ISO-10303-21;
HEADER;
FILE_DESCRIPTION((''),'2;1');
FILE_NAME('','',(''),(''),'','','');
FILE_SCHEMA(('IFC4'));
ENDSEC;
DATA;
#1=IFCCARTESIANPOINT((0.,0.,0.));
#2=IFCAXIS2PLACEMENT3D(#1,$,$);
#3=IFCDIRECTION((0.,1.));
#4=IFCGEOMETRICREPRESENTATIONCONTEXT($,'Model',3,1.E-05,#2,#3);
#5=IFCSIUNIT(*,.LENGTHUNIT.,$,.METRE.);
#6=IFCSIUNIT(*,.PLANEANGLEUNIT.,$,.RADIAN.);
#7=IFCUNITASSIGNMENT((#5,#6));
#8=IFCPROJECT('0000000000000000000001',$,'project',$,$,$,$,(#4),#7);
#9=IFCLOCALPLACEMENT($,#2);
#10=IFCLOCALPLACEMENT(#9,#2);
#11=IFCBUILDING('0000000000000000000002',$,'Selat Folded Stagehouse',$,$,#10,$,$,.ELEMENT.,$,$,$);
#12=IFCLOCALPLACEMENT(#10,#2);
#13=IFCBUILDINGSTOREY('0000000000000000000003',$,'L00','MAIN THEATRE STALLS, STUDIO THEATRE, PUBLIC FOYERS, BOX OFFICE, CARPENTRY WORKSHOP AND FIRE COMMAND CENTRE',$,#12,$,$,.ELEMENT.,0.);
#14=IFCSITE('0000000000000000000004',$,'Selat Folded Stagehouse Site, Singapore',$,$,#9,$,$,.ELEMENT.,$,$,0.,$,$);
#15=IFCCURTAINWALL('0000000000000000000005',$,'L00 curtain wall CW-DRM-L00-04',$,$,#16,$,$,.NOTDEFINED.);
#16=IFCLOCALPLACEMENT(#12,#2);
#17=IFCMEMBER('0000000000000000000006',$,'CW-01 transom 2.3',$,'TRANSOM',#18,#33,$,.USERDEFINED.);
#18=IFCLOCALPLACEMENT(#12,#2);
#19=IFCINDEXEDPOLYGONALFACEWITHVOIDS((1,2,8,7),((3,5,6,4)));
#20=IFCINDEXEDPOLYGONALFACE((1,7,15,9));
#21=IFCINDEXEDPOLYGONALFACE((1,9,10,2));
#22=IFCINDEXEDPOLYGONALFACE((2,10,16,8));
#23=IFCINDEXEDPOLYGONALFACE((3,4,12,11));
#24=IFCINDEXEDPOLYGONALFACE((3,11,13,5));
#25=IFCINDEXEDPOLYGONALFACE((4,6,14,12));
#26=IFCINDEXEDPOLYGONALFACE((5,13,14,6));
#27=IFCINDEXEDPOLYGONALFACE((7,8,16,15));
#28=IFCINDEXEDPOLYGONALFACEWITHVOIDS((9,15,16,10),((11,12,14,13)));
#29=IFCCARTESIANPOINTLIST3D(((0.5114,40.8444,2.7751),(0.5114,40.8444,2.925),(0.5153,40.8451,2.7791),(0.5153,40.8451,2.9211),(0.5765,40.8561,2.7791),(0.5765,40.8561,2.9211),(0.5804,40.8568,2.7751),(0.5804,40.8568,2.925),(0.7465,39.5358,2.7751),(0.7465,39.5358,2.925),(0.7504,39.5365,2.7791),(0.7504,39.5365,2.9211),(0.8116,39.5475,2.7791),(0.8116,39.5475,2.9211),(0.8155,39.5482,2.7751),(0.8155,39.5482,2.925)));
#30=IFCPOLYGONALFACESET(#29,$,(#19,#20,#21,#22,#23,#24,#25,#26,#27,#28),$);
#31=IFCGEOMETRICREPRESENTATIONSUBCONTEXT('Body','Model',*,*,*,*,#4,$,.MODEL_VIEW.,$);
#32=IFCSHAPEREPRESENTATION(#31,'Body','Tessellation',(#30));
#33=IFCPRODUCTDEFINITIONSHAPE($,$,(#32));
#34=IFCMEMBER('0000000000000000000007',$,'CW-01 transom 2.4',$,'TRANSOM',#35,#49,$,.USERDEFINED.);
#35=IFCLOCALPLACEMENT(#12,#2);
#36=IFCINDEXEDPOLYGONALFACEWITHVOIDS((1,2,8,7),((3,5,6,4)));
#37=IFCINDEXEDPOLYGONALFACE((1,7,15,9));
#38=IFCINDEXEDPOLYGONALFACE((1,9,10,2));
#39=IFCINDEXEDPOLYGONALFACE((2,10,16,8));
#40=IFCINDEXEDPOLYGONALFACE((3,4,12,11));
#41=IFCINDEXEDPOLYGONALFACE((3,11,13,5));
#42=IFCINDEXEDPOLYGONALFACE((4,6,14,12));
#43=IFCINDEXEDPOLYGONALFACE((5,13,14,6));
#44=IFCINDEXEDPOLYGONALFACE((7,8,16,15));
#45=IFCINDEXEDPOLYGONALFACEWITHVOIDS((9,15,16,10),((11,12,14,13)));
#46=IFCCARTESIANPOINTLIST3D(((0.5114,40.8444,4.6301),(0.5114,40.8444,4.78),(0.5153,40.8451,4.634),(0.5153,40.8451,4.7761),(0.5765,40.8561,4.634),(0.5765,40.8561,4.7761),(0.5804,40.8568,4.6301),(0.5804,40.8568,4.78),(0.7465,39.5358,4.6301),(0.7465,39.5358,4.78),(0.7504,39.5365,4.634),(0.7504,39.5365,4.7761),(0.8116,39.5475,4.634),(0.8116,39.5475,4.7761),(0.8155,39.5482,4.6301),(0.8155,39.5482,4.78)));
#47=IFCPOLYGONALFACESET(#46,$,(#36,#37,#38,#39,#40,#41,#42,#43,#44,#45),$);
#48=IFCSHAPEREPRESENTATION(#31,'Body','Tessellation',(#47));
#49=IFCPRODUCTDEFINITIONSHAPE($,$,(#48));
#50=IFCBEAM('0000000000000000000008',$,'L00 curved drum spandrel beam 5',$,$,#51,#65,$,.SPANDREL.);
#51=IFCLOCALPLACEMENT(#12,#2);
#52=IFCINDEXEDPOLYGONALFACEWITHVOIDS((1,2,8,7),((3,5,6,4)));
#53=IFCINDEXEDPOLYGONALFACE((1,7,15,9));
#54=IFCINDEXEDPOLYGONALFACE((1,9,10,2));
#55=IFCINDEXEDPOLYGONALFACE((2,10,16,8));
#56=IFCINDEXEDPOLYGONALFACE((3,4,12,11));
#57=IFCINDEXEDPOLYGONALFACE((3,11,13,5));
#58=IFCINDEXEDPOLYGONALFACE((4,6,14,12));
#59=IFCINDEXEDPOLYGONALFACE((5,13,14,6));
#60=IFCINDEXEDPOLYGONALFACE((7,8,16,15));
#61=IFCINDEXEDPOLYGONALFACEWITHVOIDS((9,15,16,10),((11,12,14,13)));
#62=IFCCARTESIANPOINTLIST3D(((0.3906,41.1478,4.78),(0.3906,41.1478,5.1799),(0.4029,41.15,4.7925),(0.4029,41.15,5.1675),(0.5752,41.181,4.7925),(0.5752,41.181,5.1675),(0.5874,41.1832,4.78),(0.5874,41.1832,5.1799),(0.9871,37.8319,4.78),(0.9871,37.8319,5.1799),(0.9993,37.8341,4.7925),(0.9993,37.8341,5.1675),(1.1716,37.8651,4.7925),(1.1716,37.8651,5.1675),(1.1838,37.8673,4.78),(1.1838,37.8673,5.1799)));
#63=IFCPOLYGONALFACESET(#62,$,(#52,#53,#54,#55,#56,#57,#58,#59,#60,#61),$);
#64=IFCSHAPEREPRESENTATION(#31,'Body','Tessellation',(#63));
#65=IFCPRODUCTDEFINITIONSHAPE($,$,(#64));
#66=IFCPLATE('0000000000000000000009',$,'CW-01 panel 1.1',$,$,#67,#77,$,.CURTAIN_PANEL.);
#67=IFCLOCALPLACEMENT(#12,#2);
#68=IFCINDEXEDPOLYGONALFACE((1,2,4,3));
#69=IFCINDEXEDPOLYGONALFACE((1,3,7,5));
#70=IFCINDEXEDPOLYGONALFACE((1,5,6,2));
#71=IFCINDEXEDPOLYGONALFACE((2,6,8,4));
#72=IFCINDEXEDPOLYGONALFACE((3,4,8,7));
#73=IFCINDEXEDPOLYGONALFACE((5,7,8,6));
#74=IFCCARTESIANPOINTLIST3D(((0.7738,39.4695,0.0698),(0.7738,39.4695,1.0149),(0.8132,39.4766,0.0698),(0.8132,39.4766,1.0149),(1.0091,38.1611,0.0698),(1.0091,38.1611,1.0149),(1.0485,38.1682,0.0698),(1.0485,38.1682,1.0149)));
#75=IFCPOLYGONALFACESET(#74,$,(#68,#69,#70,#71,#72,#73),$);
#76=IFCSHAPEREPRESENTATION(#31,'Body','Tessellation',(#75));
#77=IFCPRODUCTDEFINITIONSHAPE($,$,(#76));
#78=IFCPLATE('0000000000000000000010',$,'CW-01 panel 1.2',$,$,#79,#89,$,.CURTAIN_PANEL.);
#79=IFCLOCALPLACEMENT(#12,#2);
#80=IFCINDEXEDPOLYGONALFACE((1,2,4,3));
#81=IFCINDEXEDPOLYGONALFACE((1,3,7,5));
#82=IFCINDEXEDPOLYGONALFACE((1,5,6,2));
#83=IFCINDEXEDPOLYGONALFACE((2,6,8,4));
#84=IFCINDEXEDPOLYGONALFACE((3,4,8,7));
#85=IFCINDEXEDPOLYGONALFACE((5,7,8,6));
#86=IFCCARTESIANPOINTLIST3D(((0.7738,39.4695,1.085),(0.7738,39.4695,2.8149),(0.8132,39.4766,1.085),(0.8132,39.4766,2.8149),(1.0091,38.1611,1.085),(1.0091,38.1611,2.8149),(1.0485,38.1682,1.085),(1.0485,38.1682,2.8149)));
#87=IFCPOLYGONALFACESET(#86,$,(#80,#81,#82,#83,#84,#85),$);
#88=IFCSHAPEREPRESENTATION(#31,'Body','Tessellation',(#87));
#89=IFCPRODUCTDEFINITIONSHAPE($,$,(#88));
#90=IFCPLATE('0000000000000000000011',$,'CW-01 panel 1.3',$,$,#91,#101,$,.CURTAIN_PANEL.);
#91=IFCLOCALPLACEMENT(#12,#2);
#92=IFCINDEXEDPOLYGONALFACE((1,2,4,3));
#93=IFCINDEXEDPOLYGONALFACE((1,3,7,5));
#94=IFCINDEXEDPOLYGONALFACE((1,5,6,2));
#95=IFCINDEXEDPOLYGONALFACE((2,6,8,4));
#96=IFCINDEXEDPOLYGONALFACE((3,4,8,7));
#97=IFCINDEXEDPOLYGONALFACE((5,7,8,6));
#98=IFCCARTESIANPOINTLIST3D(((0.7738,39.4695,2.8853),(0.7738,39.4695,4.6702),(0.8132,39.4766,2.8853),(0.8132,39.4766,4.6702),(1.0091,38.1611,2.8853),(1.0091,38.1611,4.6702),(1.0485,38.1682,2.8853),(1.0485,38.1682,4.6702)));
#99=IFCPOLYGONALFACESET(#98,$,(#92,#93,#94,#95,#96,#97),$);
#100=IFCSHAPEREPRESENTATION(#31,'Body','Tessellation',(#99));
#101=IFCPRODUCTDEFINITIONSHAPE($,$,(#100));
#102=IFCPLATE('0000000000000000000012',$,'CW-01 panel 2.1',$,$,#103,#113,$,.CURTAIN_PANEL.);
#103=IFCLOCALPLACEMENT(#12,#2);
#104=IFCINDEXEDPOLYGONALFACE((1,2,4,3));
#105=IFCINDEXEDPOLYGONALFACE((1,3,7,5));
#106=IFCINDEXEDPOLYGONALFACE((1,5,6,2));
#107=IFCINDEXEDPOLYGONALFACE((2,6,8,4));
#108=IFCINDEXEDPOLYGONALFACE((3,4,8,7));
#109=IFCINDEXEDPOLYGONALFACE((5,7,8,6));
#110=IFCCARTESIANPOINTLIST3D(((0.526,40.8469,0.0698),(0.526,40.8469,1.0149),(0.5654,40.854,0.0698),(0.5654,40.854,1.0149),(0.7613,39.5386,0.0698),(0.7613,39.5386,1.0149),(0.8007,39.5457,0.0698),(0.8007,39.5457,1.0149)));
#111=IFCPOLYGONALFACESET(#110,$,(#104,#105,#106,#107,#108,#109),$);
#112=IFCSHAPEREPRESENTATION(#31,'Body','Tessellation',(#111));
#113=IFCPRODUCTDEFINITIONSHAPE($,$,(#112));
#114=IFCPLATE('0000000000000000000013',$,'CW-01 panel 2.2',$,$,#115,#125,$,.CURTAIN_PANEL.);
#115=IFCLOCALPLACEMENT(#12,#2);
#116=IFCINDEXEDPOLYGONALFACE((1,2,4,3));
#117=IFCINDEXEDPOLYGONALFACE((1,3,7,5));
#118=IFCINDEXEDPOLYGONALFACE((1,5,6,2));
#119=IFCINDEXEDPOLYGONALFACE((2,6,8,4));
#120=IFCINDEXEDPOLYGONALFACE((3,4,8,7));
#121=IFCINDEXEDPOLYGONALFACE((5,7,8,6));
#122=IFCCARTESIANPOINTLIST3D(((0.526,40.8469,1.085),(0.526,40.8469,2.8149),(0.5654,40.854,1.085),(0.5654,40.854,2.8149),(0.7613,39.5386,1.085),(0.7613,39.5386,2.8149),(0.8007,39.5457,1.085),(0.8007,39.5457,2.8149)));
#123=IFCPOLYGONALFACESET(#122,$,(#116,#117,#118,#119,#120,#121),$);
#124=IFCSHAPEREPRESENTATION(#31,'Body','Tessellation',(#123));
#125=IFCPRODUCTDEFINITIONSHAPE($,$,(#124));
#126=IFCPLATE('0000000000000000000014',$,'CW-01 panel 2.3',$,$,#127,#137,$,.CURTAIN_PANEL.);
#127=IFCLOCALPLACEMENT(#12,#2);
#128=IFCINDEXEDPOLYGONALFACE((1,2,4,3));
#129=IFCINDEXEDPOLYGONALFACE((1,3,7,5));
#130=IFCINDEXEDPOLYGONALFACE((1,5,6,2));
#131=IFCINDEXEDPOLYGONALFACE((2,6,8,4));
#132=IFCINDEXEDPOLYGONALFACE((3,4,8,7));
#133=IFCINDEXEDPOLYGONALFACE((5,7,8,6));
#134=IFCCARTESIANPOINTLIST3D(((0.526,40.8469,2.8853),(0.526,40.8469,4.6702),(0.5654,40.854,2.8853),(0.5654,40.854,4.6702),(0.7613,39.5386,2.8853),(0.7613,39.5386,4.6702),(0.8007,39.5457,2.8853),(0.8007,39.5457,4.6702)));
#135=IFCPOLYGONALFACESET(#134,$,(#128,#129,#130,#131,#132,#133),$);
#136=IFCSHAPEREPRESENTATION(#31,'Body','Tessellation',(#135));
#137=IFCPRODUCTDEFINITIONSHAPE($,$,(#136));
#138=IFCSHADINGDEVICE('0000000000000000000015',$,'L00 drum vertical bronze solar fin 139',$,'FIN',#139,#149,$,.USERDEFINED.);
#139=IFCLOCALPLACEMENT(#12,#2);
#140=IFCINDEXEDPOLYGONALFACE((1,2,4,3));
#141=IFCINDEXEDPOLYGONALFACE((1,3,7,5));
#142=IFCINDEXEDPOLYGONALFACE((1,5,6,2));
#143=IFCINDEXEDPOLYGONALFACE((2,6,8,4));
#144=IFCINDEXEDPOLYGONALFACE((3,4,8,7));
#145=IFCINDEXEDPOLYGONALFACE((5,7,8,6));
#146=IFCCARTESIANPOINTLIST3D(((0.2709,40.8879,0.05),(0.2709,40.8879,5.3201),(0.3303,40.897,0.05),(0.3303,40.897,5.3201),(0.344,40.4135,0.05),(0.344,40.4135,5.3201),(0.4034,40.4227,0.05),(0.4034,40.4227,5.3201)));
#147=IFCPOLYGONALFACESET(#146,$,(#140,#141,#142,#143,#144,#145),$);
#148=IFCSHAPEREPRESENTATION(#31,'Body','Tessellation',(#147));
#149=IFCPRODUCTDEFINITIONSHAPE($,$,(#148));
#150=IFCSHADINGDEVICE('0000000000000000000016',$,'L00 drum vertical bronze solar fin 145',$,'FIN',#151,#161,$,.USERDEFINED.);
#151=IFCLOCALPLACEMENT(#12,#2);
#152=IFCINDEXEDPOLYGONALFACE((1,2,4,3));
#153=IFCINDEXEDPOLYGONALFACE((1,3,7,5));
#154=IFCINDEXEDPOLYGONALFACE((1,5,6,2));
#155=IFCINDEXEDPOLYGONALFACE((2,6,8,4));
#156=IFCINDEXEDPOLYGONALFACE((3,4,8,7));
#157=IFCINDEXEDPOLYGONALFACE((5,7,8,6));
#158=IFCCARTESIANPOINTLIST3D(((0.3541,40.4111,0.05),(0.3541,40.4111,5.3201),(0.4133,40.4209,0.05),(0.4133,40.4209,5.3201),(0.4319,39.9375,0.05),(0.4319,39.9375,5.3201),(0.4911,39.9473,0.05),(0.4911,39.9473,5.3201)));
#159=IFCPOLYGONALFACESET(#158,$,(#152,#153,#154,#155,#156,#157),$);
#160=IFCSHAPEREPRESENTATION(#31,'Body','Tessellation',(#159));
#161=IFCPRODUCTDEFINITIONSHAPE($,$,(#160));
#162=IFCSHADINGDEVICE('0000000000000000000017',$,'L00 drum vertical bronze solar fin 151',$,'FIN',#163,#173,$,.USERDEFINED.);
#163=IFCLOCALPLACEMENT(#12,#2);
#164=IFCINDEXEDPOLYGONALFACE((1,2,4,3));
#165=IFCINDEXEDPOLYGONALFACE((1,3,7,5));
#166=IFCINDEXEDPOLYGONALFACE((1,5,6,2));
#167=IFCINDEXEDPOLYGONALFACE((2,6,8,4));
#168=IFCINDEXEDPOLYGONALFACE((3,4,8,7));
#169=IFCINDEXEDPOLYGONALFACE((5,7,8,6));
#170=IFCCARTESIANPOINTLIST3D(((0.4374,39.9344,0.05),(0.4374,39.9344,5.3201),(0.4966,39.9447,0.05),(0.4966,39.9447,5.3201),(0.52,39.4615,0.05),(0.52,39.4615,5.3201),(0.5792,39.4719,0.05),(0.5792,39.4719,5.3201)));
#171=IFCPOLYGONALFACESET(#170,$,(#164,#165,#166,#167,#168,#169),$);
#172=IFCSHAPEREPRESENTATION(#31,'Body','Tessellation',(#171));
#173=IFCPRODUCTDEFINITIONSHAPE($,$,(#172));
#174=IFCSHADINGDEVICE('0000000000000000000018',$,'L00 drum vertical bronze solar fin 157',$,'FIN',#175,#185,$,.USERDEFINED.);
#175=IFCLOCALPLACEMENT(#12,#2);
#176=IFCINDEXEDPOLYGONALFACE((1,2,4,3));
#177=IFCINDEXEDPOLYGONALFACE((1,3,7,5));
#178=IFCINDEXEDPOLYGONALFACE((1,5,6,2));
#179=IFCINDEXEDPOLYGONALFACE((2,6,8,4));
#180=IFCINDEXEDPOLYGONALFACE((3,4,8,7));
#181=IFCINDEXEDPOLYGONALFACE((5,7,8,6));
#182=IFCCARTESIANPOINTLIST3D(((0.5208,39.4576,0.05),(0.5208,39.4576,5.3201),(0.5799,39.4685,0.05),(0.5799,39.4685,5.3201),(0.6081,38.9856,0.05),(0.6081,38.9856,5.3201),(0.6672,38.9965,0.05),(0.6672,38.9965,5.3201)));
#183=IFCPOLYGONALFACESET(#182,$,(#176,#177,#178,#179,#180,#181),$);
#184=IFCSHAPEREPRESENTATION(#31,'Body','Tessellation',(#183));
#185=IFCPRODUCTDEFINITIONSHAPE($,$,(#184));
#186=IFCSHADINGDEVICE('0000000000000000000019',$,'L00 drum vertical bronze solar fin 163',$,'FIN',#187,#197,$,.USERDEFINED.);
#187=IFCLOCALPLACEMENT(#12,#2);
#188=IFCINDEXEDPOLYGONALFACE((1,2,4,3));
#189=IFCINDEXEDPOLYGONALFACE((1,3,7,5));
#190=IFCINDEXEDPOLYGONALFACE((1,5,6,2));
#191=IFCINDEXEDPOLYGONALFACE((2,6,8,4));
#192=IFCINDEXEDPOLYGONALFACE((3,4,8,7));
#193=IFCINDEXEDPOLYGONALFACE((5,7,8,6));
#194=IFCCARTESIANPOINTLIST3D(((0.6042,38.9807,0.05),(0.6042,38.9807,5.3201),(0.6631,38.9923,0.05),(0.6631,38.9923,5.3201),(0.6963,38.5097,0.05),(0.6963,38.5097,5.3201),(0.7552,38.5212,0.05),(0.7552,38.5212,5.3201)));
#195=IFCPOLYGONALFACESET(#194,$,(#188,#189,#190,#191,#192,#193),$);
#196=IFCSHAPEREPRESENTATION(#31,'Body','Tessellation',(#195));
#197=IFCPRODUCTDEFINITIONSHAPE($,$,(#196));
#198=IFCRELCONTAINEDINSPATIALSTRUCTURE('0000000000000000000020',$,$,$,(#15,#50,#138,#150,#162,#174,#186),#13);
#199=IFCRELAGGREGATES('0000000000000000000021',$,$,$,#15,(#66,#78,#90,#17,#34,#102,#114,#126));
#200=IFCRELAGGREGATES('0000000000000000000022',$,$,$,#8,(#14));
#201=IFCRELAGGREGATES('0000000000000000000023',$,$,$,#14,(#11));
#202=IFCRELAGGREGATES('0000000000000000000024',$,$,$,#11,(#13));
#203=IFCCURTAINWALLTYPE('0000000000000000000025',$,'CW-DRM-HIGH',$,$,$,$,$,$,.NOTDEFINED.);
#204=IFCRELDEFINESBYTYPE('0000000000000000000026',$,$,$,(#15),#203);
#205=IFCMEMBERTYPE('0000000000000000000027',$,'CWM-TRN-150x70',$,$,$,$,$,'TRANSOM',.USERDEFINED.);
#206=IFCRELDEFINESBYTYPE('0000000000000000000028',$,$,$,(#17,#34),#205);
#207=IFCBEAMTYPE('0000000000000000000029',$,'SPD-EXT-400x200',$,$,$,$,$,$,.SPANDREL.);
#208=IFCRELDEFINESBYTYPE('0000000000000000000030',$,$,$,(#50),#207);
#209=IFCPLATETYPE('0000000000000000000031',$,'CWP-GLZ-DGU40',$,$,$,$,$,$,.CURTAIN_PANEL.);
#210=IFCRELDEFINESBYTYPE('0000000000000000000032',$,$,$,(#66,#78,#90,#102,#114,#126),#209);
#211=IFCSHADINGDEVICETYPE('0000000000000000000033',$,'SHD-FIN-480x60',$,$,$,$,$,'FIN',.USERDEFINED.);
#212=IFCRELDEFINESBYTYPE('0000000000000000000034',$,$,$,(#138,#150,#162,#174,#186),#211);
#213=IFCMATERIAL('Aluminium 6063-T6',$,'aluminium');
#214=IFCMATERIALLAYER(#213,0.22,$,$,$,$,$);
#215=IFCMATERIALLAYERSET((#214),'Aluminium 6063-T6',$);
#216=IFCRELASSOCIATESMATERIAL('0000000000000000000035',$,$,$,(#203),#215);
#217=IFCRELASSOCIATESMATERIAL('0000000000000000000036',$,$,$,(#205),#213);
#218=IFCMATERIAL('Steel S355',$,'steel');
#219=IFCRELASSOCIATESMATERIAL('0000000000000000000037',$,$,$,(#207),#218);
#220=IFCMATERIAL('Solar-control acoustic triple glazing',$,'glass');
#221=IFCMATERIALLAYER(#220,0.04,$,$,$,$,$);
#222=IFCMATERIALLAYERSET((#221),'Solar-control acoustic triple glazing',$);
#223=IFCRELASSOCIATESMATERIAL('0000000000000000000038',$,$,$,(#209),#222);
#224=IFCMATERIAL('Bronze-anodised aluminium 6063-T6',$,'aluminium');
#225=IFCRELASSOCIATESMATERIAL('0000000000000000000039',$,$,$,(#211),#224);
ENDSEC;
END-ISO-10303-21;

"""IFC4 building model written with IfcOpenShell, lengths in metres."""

from ifc_helpers import new_model, si_unit, direction, frame, origin, origin_2d, place, context, subcontext, project, spatial, rectangle, hollow_rectangle, extrude, material, layer, layer_set, material_profile, profile_set, type_object, element, aggregate, save


model = new_model("IFC4")

# Units and contexts
model_context = context("Model", 3, precision=1e-05, world=origin(), true_north=direction((0.0, 1.0)))
body_context = subcontext(model_context, "Body", "Model", "MODEL_VIEW")
ifc_project = project(units=[si_unit("LENGTHUNIT", "METRE"), si_unit("PLANEANGLEUNIT", "RADIAN")], contexts=[model_context])

# Site, building, storey
site_placement = place(None, origin())
site = spatial("IfcSite", under=ifc_project, at=site_placement, Name="Selat Folded Stagehouse Site, Singapore", CompositionType="ELEMENT", RefElevation=0.0)
building_placement = place(site_placement, origin())
building = spatial("IfcBuilding", under=site, at=building_placement, Name="Selat Folded Stagehouse", CompositionType="ELEMENT")
storey_placement = place(building_placement, origin())
storey = spatial("IfcBuildingStorey", under=building, at=storey_placement, Name="L00", Description="MAIN THEATRE STALLS, STUDIO THEATRE, PUBLIC FOYERS, BOX OFFICE, CARPENTRY WORKSHOP AND FIRE COMMAND CENTRE", CompositionType="ELEMENT", Elevation=0.0)

# Shared definitions
ifc_material_1 = material(Name="Steel S355", Category="steel")

# Shared definitions
ifc_material_2 = material(Name="Aluminium 6063-T6", Category="aluminium")
ifc_layer_1 = layer(ifc_material_2, 0.22)
ifc_layer_set_1 = layer_set([ifc_layer_1], Name="Aluminium 6063-T6")
curtain_wall_type = type_object("IfcCurtainWallType", Name="CW-DRM-HIGH", PredefinedType="NOTDEFINED", material=ifc_layer_set_1)

# Curtain wall
curtain_wall_1_placement = place(storey_placement, origin())
curtain_wall_1 = element("IfcCurtainWall", 1, at=curtain_wall_1_placement, inside=storey, type_object=curtain_wall_type, Name="L00 curtain wall CW-DRM-L00-04", PredefinedType="NOTDEFINED")

# Members
ifc_material_profile_1 = material_profile(ifc_material_2, hollow_rectangle(XDim=0.0701, YDim=0.1499, WallThickness=0.0039, at=origin_2d()), Name="ALU 150x70x4.0")
ifc_profile_set_1 = profile_set([ifc_material_profile_1], Name="Aluminium 6063-T6")
member_type_1 = type_object("IfcMemberType", Name="CWM-TRN-150x70", ElementType="TRANSOM", PredefinedType="USERDEFINED", material=ifc_profile_set_1)
member_1_placement = place(storey_placement, frame((0.781, 39.542, 2.8501), z_axis=(-0.176833, 0.984241, 0.0), x_axis=(-0.984241, -0.176833, 0.0)))
member_1 = element("IfcMember", 2, at=member_1_placement, type_object=member_type_1, Name="CW-01 transom 2.3", ObjectType="TRANSOM", PredefinedType="USERDEFINED", context=body_context, shape_type="SweptSolid", body=[
    extrude(hollow_rectangle(XDim=0.0701, YDim=0.1499, WallThickness=0.0039, at=origin_2d()), origin(), (0.0, 0.0, 1.0), 1.3296),
])
member_2_placement = place(storey_placement, frame((0.781, 39.542, 4.7051), z_axis=(-0.176833, 0.984241, 0.0), x_axis=(-0.984241, -0.176833, 0.0)))
member_2 = element("IfcMember", 3, at=member_2_placement, type_object=member_type_1, Name="CW-01 transom 2.4", ObjectType="TRANSOM", PredefinedType="USERDEFINED", context=body_context, shape_type="SweptSolid", body=[
    extrude(hollow_rectangle(XDim=0.0701, YDim=0.1499, WallThickness=0.0039, at=origin_2d()), origin(), (0.0, 0.0, 1.0), 1.3296),
])

# Beam
ifc_material_profile_2 = material_profile(ifc_material_1, hollow_rectangle(XDim=0.2, YDim=0.3999, WallThickness=0.0125, at=origin_2d()), Name="RHS 400x200x12.5")
ifc_profile_set_2 = profile_set([ifc_material_profile_2], Name="Steel S355")
beam_type = type_object("IfcBeamType", Name="SPD-EXT-400x200", PredefinedType="SPANDREL", material=ifc_profile_set_2)
beam_placement = place(storey_placement, frame((0.489, 41.1655, 4.98), z_axis=(0.177029, -0.984206, 0.0), x_axis=(0.984206, 0.177029, 0.0)))
element("IfcBeam", 4, at=beam_placement, inside=storey, type_object=beam_type, Name="L00 curved drum spandrel beam 5", PredefinedType="SPANDREL", context=body_context, shape_type="SweptSolid", body=[
    extrude(hollow_rectangle(XDim=0.2, YDim=0.3999, WallThickness=0.0125, at=origin_2d()), origin(), (0.0, 0.0, 1.0), 3.3691),
])

# Plates
ifc_material_3 = material(Name="Solar-control acoustic triple glazing", Category="glass")
ifc_layer_2 = layer(ifc_material_3, 0.04)
ifc_layer_set_2 = layer_set([ifc_layer_2], Name="Solar-control acoustic triple glazing")
plate_type = type_object("IfcPlateType", Name="CWP-GLZ-DGU40", PredefinedType="CURTAIN_PANEL", material=ifc_layer_set_2)
plate_1_placement = place(storey_placement, frame((0.9111, 38.8188, 0.0698), z_axis=(0.0, 0.0, 1.0), x_axis=(-0.177002, 0.984211, 0.0)))
plate_1 = element("IfcPlate", 5, at=plate_1_placement, type_object=plate_type, Name="CW-01 panel 1.1", PredefinedType="CURTAIN_PANEL", context=body_context, shape_type="SweptSolid", body=[
    extrude(rectangle(XDim=1.3293, YDim=0.04, at=origin_2d()), origin(), (0.0, 0.0, 1.0), 0.9451),
])
plate_2_placement = place(storey_placement, frame((0.9111, 38.8188, 1.085), z_axis=(0.0, 0.0, 1.0), x_axis=(-0.177002, 0.984211, 0.0)))
plate_2 = element("IfcPlate", 6, at=plate_2_placement, type_object=plate_type, Name="CW-01 panel 1.2", PredefinedType="CURTAIN_PANEL", context=body_context, shape_type="SweptSolid", body=[
    extrude(rectangle(XDim=1.3293, YDim=0.04, at=origin_2d()), origin(), (0.0, 0.0, 1.0), 1.73),
])
plate_3_placement = place(storey_placement, frame((0.9111, 38.8188, 2.8853), z_axis=(0.0, 0.0, 1.0), x_axis=(-0.177002, 0.984211, 0.0)))
plate_3 = element("IfcPlate", 7, at=plate_3_placement, type_object=plate_type, Name="CW-01 panel 1.3", PredefinedType="CURTAIN_PANEL", context=body_context, shape_type="SweptSolid", body=[
    extrude(rectangle(XDim=1.3293, YDim=0.04, at=origin_2d()), origin(), (0.0, 0.0, 1.0), 1.7849),
])
plate_4_placement = place(storey_placement, frame((0.6633, 40.1963, 0.0698), z_axis=(0.0, 0.0, 1.0), x_axis=(-0.177002, 0.984211, 0.0)))
plate_4 = element("IfcPlate", 8, at=plate_4_placement, type_object=plate_type, Name="CW-01 panel 2.1", PredefinedType="CURTAIN_PANEL", context=body_context, shape_type="SweptSolid", body=[
    extrude(rectangle(XDim=1.3293, YDim=0.04, at=origin_2d()), origin(), (0.0, 0.0, 1.0), 0.9451),
])
plate_5_placement = place(storey_placement, frame((0.6633, 40.1963, 1.085), z_axis=(0.0, 0.0, 1.0), x_axis=(-0.177002, 0.984211, 0.0)))
plate_5 = element("IfcPlate", 9, at=plate_5_placement, type_object=plate_type, Name="CW-01 panel 2.2", PredefinedType="CURTAIN_PANEL", context=body_context, shape_type="SweptSolid", body=[
    extrude(rectangle(XDim=1.3293, YDim=0.04, at=origin_2d()), origin(), (0.0, 0.0, 1.0), 1.73),
])
plate_6_placement = place(storey_placement, frame((0.6633, 40.1963, 2.8853), z_axis=(0.0, 0.0, 1.0), x_axis=(-0.177002, 0.984211, 0.0)))
plate_6 = element("IfcPlate", 10, at=plate_6_placement, type_object=plate_type, Name="CW-01 panel 2.3", PredefinedType="CURTAIN_PANEL", context=body_context, shape_type="SweptSolid", body=[
    extrude(rectangle(XDim=1.3293, YDim=0.04, at=origin_2d()), origin(), (0.0, 0.0, 1.0), 1.7849),
])
aggregate(curtain_wall_1, [plate_1, plate_2, plate_3, member_1, member_2, plate_4, plate_5, plate_6])

# Shading devices
ifc_material_4 = material(Name="Bronze-anodised aluminium 6063-T6", Category="aluminium")
ifc_material_profile_3 = material_profile(ifc_material_4, rectangle(XDim=0.0601, YDim=0.48, at=origin_2d()), Name="SOLAR-FIN 480x60")
ifc_profile_set_3 = profile_set([ifc_material_profile_3], Name="Bronze-anodised aluminium 6063-T6")
shading_device_type = type_object("IfcShadingDeviceType", Name="SHD-FIN-480x60", ElementType="FIN", PredefinedType="USERDEFINED", material=ifc_profile_set_3)
for number, where, z_axis, x_axis, name in (
    (11, (0.3372, 40.6553, 0.05), (0.0, 0.0, 1.0), (-0.988335, -0.152296, 0.0), "L00 drum vertical bronze solar fin 139"),
    (12, (0.4226, 40.1792, 0.05), (0.0, 0.0, 1.0), (-0.986771, -0.162121, 0.0), "L00 drum vertical bronze solar fin 145"),
    (13, (0.5083, 39.7031, 0.05), (0.0, 0.0, 1.0), (-0.985079, -0.172101, 0.0), "L00 drum vertical bronze solar fin 151"),
    (14, (0.594, 39.2271, 0.05), (0.0, 0.0, 1.0), (-0.983318, -0.181892, 0.0), "L00 drum vertical bronze solar fin 157"),
    (15, (0.6797, 38.751, 0.05), (0.0, 0.0, 1.0), (-0.981427, -0.191837, 0.0), "L00 drum vertical bronze solar fin 163"),
):
    element("IfcShadingDevice", number, at=place(storey_placement, frame(where, z_axis=z_axis, x_axis=x_axis)), inside=storey, type_object=shading_device_type, Name=name, ObjectType="FIN", PredefinedType="USERDEFINED", context=body_context, shape_type="SweptSolid", body=[
        extrude(rectangle(XDim=0.0601, YDim=0.48, at=origin_2d()), origin(), (0.0, 0.0, 1.0), 5.27),
    ])

save(model, "model.ifc")
